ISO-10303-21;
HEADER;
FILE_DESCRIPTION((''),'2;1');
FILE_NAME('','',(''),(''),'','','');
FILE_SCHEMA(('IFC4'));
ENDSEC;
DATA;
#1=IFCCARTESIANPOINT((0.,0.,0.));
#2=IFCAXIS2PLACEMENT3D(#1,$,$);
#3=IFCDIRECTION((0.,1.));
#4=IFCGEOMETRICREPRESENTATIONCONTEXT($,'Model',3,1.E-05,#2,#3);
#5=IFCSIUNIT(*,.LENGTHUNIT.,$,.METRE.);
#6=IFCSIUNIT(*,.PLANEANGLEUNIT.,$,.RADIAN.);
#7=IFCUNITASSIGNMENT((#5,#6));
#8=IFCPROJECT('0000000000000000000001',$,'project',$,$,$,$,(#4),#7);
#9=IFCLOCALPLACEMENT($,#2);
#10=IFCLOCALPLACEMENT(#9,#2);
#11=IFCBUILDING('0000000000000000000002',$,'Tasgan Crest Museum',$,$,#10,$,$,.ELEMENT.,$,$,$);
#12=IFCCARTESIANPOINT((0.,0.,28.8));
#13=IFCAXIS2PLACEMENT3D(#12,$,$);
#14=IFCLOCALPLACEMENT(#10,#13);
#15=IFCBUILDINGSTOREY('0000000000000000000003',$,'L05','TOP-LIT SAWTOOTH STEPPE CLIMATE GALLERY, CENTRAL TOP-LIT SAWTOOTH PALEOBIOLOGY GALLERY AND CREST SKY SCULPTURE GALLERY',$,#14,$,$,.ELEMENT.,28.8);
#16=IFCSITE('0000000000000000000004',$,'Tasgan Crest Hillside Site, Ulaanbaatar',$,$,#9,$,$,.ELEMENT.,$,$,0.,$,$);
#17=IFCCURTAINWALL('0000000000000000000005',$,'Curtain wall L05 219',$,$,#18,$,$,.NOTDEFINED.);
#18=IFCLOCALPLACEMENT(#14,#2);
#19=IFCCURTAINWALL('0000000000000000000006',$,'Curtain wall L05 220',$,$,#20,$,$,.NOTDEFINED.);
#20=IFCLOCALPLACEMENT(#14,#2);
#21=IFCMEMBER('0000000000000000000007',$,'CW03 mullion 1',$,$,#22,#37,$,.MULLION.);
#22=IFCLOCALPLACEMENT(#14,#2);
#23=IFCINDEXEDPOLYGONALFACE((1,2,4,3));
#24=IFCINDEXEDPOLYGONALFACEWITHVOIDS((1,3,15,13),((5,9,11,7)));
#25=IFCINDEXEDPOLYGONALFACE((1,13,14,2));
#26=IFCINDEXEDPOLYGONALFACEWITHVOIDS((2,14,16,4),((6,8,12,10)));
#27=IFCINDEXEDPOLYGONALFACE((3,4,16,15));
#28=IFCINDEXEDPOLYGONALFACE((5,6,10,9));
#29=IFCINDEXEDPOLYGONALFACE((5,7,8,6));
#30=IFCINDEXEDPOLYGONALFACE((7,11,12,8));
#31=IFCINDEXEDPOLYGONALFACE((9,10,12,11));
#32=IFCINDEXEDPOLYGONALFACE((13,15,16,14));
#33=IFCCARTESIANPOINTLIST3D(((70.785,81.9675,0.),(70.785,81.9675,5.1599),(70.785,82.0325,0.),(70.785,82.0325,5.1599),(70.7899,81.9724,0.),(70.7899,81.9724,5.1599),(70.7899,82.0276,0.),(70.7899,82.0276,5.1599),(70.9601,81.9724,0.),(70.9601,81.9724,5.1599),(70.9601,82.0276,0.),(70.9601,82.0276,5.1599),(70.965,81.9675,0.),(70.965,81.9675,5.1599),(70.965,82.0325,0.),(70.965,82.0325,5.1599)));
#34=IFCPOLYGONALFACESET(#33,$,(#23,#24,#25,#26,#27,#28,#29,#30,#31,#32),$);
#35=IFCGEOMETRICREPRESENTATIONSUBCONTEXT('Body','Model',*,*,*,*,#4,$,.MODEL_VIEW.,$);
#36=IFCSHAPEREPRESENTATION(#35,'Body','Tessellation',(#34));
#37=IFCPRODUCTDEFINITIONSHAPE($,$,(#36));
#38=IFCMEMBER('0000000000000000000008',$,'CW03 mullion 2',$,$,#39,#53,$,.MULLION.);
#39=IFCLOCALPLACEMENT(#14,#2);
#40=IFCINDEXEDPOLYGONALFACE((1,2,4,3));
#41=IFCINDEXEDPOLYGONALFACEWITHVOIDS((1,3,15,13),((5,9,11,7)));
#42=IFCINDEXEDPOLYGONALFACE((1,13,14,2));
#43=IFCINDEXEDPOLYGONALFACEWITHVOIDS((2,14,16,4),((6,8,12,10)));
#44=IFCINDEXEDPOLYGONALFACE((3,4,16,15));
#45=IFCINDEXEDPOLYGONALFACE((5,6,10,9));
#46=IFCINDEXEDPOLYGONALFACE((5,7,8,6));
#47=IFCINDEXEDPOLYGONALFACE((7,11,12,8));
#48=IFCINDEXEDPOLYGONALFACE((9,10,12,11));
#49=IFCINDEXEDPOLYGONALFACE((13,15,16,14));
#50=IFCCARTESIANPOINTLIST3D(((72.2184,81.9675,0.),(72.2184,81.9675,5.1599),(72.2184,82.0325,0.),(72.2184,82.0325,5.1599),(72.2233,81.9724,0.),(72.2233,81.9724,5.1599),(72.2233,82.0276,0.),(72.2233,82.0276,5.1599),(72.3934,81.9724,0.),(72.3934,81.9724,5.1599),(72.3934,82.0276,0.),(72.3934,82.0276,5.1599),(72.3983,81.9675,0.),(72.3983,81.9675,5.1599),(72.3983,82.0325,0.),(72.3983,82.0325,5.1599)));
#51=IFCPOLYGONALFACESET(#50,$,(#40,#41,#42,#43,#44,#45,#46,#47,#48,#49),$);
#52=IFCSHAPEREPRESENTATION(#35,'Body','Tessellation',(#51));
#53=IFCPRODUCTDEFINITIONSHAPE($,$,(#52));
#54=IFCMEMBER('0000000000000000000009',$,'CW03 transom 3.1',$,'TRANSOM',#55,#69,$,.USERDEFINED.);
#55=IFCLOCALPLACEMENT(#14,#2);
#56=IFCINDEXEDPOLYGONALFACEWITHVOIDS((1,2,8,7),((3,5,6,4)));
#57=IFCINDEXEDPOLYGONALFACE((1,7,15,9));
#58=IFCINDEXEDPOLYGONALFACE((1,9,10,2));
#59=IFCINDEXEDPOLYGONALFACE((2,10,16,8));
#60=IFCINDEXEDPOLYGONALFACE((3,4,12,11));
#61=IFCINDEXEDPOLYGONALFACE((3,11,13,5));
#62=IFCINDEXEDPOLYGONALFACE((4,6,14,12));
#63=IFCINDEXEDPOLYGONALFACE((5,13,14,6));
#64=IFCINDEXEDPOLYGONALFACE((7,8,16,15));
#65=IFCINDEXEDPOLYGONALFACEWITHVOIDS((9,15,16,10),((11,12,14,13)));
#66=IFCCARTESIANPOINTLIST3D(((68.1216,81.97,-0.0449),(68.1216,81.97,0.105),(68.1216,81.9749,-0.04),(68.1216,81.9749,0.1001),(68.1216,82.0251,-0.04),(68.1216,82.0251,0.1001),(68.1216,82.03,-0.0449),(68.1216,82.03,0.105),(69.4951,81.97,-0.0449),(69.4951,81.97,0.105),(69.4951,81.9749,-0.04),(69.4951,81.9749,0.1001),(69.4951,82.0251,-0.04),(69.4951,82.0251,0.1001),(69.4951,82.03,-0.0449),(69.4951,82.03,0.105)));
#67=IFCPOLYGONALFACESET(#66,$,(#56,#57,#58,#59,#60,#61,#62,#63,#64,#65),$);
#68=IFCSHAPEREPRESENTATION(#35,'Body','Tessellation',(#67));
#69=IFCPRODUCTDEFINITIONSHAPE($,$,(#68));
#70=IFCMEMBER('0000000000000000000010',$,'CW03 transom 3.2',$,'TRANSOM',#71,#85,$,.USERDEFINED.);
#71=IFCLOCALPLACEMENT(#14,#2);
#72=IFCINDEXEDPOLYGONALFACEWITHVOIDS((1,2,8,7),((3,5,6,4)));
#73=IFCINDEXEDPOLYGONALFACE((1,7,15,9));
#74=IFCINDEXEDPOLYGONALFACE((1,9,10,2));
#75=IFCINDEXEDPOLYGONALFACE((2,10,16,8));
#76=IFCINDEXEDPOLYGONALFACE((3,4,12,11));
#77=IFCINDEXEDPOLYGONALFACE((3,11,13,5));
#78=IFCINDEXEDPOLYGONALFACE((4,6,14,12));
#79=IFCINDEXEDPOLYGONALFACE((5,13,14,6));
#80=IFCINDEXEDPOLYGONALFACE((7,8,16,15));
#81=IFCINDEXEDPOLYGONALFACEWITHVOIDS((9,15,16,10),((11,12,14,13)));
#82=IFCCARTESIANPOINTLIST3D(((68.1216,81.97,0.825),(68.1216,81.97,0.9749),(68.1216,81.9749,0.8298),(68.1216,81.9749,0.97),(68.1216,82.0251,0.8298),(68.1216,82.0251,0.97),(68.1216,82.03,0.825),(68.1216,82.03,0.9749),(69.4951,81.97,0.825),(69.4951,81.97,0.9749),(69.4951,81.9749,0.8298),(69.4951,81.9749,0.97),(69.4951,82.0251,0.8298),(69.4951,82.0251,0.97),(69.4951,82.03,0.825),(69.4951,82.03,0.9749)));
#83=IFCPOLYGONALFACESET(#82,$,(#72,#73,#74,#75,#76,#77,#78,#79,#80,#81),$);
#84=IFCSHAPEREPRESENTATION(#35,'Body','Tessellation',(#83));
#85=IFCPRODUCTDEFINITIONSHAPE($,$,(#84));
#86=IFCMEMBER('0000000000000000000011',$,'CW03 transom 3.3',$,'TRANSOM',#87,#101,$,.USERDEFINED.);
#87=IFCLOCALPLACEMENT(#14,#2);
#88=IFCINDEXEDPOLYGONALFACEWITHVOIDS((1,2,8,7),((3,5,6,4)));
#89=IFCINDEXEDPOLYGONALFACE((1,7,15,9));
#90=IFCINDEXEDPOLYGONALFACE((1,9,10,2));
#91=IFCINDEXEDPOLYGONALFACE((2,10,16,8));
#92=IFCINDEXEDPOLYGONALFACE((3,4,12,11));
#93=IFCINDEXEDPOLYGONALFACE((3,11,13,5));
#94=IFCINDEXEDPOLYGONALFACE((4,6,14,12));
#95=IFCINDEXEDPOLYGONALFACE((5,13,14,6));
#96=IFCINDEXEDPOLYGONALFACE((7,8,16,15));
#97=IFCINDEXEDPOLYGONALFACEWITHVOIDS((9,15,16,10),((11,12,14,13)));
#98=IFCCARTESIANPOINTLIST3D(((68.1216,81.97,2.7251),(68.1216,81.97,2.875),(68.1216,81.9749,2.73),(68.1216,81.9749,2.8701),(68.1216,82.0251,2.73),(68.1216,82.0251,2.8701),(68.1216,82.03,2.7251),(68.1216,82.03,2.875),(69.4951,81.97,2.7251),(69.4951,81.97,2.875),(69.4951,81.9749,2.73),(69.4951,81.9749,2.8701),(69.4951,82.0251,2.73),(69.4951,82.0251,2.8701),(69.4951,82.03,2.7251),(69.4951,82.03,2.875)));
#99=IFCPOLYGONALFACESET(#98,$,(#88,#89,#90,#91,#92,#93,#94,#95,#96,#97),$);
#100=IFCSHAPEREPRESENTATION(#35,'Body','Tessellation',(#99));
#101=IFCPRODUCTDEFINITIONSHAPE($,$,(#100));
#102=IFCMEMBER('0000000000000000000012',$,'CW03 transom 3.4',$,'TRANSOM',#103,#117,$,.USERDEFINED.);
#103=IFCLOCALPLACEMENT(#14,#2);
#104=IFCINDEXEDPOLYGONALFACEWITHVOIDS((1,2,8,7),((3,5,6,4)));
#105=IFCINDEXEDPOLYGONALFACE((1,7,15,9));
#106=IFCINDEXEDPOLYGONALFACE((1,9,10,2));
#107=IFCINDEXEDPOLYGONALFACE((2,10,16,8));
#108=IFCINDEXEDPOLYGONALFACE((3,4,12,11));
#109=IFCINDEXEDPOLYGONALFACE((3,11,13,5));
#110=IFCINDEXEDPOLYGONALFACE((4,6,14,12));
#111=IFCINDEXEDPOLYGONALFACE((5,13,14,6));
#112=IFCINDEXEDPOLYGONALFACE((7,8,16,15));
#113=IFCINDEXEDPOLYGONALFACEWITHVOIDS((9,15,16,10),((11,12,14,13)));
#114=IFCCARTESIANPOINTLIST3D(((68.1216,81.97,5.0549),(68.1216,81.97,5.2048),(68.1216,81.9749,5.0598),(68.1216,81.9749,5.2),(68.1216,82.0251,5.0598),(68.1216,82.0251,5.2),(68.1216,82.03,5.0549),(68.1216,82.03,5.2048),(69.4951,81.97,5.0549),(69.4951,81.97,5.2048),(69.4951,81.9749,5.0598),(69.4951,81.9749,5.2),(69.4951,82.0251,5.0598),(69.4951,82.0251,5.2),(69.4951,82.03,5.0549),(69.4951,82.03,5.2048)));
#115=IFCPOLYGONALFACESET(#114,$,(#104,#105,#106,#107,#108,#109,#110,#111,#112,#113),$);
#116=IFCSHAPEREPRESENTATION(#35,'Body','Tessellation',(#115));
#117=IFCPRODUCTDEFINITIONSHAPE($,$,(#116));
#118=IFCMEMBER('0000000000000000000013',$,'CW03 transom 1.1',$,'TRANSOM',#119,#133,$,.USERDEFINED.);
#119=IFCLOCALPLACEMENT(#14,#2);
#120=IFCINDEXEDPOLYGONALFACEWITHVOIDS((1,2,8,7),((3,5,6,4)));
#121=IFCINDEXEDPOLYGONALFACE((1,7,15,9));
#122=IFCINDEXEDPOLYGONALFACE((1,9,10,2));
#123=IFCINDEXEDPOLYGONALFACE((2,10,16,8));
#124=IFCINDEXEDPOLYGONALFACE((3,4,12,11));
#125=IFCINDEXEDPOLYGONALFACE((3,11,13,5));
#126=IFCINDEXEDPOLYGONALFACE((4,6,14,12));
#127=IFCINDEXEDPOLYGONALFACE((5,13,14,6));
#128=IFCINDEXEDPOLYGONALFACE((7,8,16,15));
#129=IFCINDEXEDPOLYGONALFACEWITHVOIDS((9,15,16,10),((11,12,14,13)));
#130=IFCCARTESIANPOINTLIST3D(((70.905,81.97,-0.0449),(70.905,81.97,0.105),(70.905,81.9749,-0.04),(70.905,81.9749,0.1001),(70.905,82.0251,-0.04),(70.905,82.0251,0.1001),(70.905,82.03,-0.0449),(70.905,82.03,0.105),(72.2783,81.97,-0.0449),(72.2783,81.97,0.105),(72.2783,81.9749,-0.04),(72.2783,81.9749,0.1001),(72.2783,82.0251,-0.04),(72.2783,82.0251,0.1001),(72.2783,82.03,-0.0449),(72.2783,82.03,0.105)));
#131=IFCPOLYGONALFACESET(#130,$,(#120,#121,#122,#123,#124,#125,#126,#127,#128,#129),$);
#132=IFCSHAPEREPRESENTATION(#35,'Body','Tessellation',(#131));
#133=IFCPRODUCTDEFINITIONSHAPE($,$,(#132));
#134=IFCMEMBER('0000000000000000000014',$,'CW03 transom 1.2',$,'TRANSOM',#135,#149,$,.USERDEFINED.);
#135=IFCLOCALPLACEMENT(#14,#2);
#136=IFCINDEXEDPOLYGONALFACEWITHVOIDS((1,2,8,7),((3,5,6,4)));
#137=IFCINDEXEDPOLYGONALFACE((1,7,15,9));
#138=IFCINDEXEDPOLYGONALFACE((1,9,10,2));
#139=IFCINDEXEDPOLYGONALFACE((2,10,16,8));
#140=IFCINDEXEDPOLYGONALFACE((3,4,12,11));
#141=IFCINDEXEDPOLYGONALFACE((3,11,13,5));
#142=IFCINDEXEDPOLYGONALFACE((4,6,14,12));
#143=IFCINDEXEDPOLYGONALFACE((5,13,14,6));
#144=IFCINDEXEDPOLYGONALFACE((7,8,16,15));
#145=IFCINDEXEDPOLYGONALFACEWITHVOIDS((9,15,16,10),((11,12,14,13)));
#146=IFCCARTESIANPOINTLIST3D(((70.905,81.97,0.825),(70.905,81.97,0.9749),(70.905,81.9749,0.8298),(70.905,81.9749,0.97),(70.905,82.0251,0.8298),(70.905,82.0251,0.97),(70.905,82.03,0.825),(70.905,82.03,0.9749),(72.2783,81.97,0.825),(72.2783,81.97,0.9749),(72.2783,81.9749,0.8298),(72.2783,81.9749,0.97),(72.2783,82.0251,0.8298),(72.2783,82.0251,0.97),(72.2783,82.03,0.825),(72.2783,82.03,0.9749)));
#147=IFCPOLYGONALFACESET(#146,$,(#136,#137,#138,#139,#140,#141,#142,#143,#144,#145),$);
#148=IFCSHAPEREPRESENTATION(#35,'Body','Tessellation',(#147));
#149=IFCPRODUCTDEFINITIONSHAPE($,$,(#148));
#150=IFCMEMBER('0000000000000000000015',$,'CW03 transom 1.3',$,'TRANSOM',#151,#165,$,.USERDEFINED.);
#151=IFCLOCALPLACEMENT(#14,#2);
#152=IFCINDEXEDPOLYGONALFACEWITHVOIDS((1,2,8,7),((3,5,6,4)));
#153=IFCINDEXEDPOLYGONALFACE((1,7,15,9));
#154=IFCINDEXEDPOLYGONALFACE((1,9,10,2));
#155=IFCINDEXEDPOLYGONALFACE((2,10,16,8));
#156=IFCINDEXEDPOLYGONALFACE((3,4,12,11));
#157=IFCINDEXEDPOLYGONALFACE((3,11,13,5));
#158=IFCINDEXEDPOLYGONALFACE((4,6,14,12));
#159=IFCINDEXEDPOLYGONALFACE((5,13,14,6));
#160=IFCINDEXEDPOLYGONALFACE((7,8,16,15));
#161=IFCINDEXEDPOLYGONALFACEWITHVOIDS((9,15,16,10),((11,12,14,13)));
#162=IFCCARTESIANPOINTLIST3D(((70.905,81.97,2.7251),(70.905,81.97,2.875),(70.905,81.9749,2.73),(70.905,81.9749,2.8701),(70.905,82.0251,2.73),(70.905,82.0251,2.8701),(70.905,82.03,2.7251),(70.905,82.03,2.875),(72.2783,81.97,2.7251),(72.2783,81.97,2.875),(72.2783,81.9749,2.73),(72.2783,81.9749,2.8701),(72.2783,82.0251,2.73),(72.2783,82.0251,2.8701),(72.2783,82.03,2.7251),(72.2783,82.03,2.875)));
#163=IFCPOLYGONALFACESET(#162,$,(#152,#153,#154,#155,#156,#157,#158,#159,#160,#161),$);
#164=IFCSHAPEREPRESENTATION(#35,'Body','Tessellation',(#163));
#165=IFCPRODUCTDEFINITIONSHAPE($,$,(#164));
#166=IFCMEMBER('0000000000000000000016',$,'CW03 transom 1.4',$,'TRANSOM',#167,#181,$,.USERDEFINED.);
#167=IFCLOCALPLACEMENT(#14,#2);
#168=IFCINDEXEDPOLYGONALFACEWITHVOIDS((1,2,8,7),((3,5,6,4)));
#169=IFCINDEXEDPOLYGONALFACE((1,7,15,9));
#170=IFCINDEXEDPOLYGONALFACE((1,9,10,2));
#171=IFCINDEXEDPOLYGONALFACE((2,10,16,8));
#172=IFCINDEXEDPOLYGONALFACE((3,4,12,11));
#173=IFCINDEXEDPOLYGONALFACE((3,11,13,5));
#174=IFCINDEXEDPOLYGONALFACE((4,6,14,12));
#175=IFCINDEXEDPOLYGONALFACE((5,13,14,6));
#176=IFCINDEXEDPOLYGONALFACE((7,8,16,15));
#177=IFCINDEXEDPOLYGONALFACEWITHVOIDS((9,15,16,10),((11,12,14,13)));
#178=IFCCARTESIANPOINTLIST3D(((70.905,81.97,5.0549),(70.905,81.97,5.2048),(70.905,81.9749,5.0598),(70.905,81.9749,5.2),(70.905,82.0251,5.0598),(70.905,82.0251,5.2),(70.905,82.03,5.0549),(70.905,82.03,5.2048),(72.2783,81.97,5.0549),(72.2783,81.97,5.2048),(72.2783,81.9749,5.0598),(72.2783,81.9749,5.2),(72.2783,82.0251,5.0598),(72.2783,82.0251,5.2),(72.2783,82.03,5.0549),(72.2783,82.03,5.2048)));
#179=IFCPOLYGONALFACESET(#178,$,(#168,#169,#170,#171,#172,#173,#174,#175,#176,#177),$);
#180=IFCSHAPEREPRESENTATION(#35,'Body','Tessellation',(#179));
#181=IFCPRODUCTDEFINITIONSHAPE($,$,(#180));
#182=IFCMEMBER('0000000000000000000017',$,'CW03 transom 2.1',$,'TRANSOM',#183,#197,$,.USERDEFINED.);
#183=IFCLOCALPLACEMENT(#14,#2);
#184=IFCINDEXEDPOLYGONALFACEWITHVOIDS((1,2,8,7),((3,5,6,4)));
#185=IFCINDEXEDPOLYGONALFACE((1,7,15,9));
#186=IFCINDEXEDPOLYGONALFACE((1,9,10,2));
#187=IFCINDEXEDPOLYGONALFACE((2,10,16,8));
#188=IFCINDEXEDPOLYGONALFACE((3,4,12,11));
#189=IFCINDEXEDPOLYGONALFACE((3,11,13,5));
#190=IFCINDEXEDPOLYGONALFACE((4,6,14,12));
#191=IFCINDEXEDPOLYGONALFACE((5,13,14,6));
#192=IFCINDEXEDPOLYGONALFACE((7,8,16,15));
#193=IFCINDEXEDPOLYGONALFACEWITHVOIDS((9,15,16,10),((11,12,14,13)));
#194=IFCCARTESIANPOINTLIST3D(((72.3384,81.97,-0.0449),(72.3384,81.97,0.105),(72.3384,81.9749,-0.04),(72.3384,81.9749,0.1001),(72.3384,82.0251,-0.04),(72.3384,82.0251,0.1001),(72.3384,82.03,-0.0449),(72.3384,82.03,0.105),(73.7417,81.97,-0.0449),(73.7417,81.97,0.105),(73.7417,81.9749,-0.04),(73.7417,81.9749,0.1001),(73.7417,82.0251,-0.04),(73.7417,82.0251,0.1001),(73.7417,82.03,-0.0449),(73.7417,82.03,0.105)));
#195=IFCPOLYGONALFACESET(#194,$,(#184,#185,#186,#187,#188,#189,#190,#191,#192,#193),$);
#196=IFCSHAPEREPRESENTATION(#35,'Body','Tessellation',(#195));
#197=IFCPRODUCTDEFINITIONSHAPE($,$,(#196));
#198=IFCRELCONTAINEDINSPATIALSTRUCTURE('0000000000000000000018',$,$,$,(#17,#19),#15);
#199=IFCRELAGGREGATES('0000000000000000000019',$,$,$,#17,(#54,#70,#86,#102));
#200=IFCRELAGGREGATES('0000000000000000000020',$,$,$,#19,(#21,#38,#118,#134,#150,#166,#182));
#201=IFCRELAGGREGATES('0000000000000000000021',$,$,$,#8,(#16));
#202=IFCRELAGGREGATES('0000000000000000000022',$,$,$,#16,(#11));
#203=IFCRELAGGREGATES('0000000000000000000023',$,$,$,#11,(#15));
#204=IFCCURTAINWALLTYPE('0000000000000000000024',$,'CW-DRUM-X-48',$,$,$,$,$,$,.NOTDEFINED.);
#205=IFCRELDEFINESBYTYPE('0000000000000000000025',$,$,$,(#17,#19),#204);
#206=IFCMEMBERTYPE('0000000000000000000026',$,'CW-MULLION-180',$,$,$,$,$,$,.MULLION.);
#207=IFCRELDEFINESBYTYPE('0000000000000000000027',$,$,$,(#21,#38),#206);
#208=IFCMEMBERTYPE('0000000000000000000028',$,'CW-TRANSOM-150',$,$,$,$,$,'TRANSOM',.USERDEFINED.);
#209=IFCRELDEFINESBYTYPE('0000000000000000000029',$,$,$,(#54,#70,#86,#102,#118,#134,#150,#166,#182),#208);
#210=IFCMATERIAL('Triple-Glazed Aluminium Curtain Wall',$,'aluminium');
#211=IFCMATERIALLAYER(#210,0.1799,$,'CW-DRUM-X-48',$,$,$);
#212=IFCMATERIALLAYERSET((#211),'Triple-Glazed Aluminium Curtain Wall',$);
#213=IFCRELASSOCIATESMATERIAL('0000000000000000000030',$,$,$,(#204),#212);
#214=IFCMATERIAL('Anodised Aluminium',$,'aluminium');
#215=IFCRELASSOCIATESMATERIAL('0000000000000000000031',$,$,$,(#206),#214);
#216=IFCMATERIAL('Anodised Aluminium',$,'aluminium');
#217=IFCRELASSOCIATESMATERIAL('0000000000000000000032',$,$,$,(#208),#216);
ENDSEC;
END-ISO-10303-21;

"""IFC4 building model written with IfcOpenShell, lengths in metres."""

from ifc_helpers import new_model, si_unit, direction, frame, origin, origin_2d, place, context, subcontext, project, spatial, hollow_rectangle, extrude, material, layer, layer_set, material_profile, profile_set, type_object, element, aggregate, save


model = new_model("IFC4")

# Units and contexts
model_context = context("Model", 3, precision=1e-05, world=origin(), true_north=direction((0.0, 1.0)))
body_context = subcontext(model_context, "Body", "Model", "MODEL_VIEW")
ifc_project = project(units=[si_unit("LENGTHUNIT", "METRE"), si_unit("PLANEANGLEUNIT", "RADIAN")], contexts=[model_context])

# Site, building, storey
site_placement = place(None, origin())
site = spatial("IfcSite", under=ifc_project, at=site_placement, Name="Tasgan Crest Hillside Site, Ulaanbaatar", CompositionType="ELEMENT", RefElevation=0.0)
building_placement = place(site_placement, origin())
building = spatial("IfcBuilding", under=site, at=building_placement, Name="Tasgan Crest Museum", CompositionType="ELEMENT")
storey_placement = place(building_placement, frame((0.0, 0.0, 28.8)))
storey = spatial("IfcBuildingStorey", under=building, at=storey_placement, Name="L05", Description="TOP-LIT SAWTOOTH STEPPE CLIMATE GALLERY, CENTRAL TOP-LIT SAWTOOTH PALEOBIOLOGY GALLERY AND CREST SKY SCULPTURE GALLERY", CompositionType="ELEMENT", Elevation=28.8)

# Curtain wall
ifc_material_1 = material(Name="Triple-Glazed Aluminium Curtain Wall", Category="aluminium")
ifc_layer_1 = layer(ifc_material_1, 0.1799, Name="CW-DRUM-X-48")
ifc_layer_set_1 = layer_set([ifc_layer_1], Name="Triple-Glazed Aluminium Curtain Wall")
curtain_wall_type = type_object("IfcCurtainWallType", Name="CW-DRUM-X-48", PredefinedType="NOTDEFINED", material=ifc_layer_set_1)
curtain_wall_1_placement = place(storey_placement, origin())
curtain_wall_1 = element("IfcCurtainWall", 1, at=curtain_wall_1_placement, inside=storey, type_object=curtain_wall_type, Name="Curtain wall L05 219", PredefinedType="NOTDEFINED")
ifc_material_2 = material(Name="Anodised Aluminium", Category="aluminium")
ifc_material_profile_1 = material_profile(ifc_material_2, hollow_rectangle(XDim=0.0649, YDim=0.1799, WallThickness=0.0049, at=origin_2d()), Name="ALU MULLION 180x65x5")
ifc_profile_set_1 = profile_set([ifc_material_profile_1], Name="Anodised Aluminium")
member_type_1 = type_object("IfcMemberType", Name="CW-MULLION-180", PredefinedType="MULLION", material=ifc_profile_set_1)

# Curtain wall, members
curtain_wall_2_placement = place(storey_placement, origin())
curtain_wall_2 = element("IfcCurtainWall", 2, at=curtain_wall_2_placement, inside=storey, type_object=curtain_wall_type, Name="Curtain wall L05 220", PredefinedType="NOTDEFINED")
member_1_placement = place(storey_placement, frame((70.875, 82.0, 0.0), z_axis=(0.0, 0.0, 1.0), x_axis=(0.0, 1.0, 0.0)))
member_1 = element("IfcMember", 3, at=member_1_placement, type_object=member_type_1, Name="CW03 mullion 1", PredefinedType="MULLION", context=body_context, shape_type="SweptSolid", body=[
    extrude(hollow_rectangle(XDim=0.0649, YDim=0.1799, WallThickness=0.0049, at=origin_2d()), origin(), (0.0, 0.0, 1.0), 5.1599),
])
member_2_placement = place(storey_placement, frame((72.3083, 82.0, 0.0), z_axis=(0.0, 0.0, 1.0), x_axis=(0.0, 1.0, 0.0)))
member_2 = element("IfcMember", 4, at=member_2_placement, type_object=member_type_1, Name="CW03 mullion 2", PredefinedType="MULLION", context=body_context, shape_type="SweptSolid", body=[
    extrude(hollow_rectangle(XDim=0.0649, YDim=0.1799, WallThickness=0.0049, at=origin_2d()), origin(), (0.0, 0.0, 1.0), 5.1599),
])

# Members
ifc_material_3 = material(Name="Anodised Aluminium", Category="aluminium")
ifc_material_profile_2 = material_profile(ifc_material_3, hollow_rectangle(XDim=0.0601, YDim=0.1499, WallThickness=0.0049, at=origin_2d()), Name="ALU TRANSOM 150x60x5")
ifc_profile_set_2 = profile_set([ifc_material_profile_2], Name="Anodised Aluminium")
member_type_2 = type_object("IfcMemberType", Name="CW-TRANSOM-150", ElementType="TRANSOM", PredefinedType="USERDEFINED", material=ifc_profile_set_2)
member_3_placement = place(storey_placement, frame((68.1216, 82.0, 0.03), z_axis=(1.0, 0.0, 0.0), x_axis=(0.0, 1.0, 0.0)))
member_3 = element("IfcMember", 5, at=member_3_placement, type_object=member_type_2, Name="CW03 transom 3.1", ObjectType="TRANSOM", PredefinedType="USERDEFINED", context=body_context, shape_type="SweptSolid", body=[
    extrude(hollow_rectangle(XDim=0.0601, YDim=0.1499, WallThickness=0.0049, at=origin_2d()), origin(), (0.0, 0.0, 1.0), 1.3735),
])
member_4_placement = place(storey_placement, frame((68.1216, 82.0, 0.8999), z_axis=(1.0, 0.0, 0.0), x_axis=(0.0, 1.0, 0.0)))
member_4 = element("IfcMember", 6, at=member_4_placement, type_object=member_type_2, Name="CW03 transom 3.2", ObjectType="TRANSOM", PredefinedType="USERDEFINED", context=body_context, shape_type="SweptSolid", body=[
    extrude(hollow_rectangle(XDim=0.0601, YDim=0.1499, WallThickness=0.0049, at=origin_2d()), origin(), (0.0, 0.0, 1.0), 1.3735),
])
member_5_placement = place(storey_placement, frame((68.1216, 82.0, 2.8), z_axis=(1.0, 0.0, 0.0), x_axis=(0.0, 1.0, 0.0)))
member_5 = element("IfcMember", 7, at=member_5_placement, type_object=member_type_2, Name="CW03 transom 3.3", ObjectType="TRANSOM", PredefinedType="USERDEFINED", context=body_context, shape_type="SweptSolid", body=[
    extrude(hollow_rectangle(XDim=0.0601, YDim=0.1499, WallThickness=0.0049, at=origin_2d()), origin(), (0.0, 0.0, 1.0), 1.3735),
])
member_6_placement = place(storey_placement, frame((68.1216, 82.0, 5.1299), z_axis=(1.0, 0.0, 0.0), x_axis=(0.0, 1.0, 0.0)))
member_6 = element("IfcMember", 8, at=member_6_placement, type_object=member_type_2, Name="CW03 transom 3.4", ObjectType="TRANSOM", PredefinedType="USERDEFINED", context=body_context, shape_type="SweptSolid", body=[
    extrude(hollow_rectangle(XDim=0.0601, YDim=0.1499, WallThickness=0.0049, at=origin_2d()), origin(), (0.0, 0.0, 1.0), 1.3735),
])
member_7_placement = place(storey_placement, frame((70.905, 82.0, 0.03), z_axis=(1.0, 0.0, 0.0), x_axis=(0.0, 1.0, 0.0)))
member_7 = element("IfcMember", 9, at=member_7_placement, type_object=member_type_2, Name="CW03 transom 1.1", ObjectType="TRANSOM", PredefinedType="USERDEFINED", context=body_context, shape_type="SweptSolid", body=[
    extrude(hollow_rectangle(XDim=0.0601, YDim=0.1499, WallThickness=0.0049, at=origin_2d()), origin(), (0.0, 0.0, 1.0), 1.3733),
])
member_8_placement = place(storey_placement, frame((70.905, 82.0, 0.8999), z_axis=(1.0, 0.0, 0.0), x_axis=(0.0, 1.0, 0.0)))
member_8 = element("IfcMember", 10, at=member_8_placement, type_object=member_type_2, Name="CW03 transom 1.2", ObjectType="TRANSOM", PredefinedType="USERDEFINED", context=body_context, shape_type="SweptSolid", body=[
    extrude(hollow_rectangle(XDim=0.0601, YDim=0.1499, WallThickness=0.0049, at=origin_2d()), origin(), (0.0, 0.0, 1.0), 1.3733),
])
member_9_placement = place(storey_placement, frame((70.905, 82.0, 2.8), z_axis=(1.0, 0.0, 0.0), x_axis=(0.0, 1.0, 0.0)))
member_9 = element("IfcMember", 11, at=member_9_placement, type_object=member_type_2, Name="CW03 transom 1.3", ObjectType="TRANSOM", PredefinedType="USERDEFINED", context=body_context, shape_type="SweptSolid", body=[
    extrude(hollow_rectangle(XDim=0.0601, YDim=0.1499, WallThickness=0.0049, at=origin_2d()), origin(), (0.0, 0.0, 1.0), 1.3733),
])
member_10_placement = place(storey_placement, frame((70.905, 82.0, 5.1299), z_axis=(1.0, 0.0, 0.0), x_axis=(0.0, 1.0, 0.0)))
member_10 = element("IfcMember", 12, at=member_10_placement, type_object=member_type_2, Name="CW03 transom 1.4", ObjectType="TRANSOM", PredefinedType="USERDEFINED", context=body_context, shape_type="SweptSolid", body=[
    extrude(hollow_rectangle(XDim=0.0601, YDim=0.1499, WallThickness=0.0049, at=origin_2d()), origin(), (0.0, 0.0, 1.0), 1.3733),
])
member_11_placement = place(storey_placement, frame((72.3384, 82.0, 0.03), z_axis=(1.0, 0.0, 0.0), x_axis=(0.0, 1.0, 0.0)))
member_11 = element("IfcMember", 13, at=member_11_placement, type_object=member_type_2, Name="CW03 transom 2.1", ObjectType="TRANSOM", PredefinedType="USERDEFINED", context=body_context, shape_type="SweptSolid", body=[
    extrude(hollow_rectangle(XDim=0.0601, YDim=0.1499, WallThickness=0.0049, at=origin_2d()), origin(), (0.0, 0.0, 1.0), 1.4033),
])

aggregate(curtain_wall_1, [member_3, member_4, member_5, member_6])
aggregate(curtain_wall_2, [member_1, member_2, member_7, member_8, member_9, member_10, member_11])

save(model, "model.ifc")
